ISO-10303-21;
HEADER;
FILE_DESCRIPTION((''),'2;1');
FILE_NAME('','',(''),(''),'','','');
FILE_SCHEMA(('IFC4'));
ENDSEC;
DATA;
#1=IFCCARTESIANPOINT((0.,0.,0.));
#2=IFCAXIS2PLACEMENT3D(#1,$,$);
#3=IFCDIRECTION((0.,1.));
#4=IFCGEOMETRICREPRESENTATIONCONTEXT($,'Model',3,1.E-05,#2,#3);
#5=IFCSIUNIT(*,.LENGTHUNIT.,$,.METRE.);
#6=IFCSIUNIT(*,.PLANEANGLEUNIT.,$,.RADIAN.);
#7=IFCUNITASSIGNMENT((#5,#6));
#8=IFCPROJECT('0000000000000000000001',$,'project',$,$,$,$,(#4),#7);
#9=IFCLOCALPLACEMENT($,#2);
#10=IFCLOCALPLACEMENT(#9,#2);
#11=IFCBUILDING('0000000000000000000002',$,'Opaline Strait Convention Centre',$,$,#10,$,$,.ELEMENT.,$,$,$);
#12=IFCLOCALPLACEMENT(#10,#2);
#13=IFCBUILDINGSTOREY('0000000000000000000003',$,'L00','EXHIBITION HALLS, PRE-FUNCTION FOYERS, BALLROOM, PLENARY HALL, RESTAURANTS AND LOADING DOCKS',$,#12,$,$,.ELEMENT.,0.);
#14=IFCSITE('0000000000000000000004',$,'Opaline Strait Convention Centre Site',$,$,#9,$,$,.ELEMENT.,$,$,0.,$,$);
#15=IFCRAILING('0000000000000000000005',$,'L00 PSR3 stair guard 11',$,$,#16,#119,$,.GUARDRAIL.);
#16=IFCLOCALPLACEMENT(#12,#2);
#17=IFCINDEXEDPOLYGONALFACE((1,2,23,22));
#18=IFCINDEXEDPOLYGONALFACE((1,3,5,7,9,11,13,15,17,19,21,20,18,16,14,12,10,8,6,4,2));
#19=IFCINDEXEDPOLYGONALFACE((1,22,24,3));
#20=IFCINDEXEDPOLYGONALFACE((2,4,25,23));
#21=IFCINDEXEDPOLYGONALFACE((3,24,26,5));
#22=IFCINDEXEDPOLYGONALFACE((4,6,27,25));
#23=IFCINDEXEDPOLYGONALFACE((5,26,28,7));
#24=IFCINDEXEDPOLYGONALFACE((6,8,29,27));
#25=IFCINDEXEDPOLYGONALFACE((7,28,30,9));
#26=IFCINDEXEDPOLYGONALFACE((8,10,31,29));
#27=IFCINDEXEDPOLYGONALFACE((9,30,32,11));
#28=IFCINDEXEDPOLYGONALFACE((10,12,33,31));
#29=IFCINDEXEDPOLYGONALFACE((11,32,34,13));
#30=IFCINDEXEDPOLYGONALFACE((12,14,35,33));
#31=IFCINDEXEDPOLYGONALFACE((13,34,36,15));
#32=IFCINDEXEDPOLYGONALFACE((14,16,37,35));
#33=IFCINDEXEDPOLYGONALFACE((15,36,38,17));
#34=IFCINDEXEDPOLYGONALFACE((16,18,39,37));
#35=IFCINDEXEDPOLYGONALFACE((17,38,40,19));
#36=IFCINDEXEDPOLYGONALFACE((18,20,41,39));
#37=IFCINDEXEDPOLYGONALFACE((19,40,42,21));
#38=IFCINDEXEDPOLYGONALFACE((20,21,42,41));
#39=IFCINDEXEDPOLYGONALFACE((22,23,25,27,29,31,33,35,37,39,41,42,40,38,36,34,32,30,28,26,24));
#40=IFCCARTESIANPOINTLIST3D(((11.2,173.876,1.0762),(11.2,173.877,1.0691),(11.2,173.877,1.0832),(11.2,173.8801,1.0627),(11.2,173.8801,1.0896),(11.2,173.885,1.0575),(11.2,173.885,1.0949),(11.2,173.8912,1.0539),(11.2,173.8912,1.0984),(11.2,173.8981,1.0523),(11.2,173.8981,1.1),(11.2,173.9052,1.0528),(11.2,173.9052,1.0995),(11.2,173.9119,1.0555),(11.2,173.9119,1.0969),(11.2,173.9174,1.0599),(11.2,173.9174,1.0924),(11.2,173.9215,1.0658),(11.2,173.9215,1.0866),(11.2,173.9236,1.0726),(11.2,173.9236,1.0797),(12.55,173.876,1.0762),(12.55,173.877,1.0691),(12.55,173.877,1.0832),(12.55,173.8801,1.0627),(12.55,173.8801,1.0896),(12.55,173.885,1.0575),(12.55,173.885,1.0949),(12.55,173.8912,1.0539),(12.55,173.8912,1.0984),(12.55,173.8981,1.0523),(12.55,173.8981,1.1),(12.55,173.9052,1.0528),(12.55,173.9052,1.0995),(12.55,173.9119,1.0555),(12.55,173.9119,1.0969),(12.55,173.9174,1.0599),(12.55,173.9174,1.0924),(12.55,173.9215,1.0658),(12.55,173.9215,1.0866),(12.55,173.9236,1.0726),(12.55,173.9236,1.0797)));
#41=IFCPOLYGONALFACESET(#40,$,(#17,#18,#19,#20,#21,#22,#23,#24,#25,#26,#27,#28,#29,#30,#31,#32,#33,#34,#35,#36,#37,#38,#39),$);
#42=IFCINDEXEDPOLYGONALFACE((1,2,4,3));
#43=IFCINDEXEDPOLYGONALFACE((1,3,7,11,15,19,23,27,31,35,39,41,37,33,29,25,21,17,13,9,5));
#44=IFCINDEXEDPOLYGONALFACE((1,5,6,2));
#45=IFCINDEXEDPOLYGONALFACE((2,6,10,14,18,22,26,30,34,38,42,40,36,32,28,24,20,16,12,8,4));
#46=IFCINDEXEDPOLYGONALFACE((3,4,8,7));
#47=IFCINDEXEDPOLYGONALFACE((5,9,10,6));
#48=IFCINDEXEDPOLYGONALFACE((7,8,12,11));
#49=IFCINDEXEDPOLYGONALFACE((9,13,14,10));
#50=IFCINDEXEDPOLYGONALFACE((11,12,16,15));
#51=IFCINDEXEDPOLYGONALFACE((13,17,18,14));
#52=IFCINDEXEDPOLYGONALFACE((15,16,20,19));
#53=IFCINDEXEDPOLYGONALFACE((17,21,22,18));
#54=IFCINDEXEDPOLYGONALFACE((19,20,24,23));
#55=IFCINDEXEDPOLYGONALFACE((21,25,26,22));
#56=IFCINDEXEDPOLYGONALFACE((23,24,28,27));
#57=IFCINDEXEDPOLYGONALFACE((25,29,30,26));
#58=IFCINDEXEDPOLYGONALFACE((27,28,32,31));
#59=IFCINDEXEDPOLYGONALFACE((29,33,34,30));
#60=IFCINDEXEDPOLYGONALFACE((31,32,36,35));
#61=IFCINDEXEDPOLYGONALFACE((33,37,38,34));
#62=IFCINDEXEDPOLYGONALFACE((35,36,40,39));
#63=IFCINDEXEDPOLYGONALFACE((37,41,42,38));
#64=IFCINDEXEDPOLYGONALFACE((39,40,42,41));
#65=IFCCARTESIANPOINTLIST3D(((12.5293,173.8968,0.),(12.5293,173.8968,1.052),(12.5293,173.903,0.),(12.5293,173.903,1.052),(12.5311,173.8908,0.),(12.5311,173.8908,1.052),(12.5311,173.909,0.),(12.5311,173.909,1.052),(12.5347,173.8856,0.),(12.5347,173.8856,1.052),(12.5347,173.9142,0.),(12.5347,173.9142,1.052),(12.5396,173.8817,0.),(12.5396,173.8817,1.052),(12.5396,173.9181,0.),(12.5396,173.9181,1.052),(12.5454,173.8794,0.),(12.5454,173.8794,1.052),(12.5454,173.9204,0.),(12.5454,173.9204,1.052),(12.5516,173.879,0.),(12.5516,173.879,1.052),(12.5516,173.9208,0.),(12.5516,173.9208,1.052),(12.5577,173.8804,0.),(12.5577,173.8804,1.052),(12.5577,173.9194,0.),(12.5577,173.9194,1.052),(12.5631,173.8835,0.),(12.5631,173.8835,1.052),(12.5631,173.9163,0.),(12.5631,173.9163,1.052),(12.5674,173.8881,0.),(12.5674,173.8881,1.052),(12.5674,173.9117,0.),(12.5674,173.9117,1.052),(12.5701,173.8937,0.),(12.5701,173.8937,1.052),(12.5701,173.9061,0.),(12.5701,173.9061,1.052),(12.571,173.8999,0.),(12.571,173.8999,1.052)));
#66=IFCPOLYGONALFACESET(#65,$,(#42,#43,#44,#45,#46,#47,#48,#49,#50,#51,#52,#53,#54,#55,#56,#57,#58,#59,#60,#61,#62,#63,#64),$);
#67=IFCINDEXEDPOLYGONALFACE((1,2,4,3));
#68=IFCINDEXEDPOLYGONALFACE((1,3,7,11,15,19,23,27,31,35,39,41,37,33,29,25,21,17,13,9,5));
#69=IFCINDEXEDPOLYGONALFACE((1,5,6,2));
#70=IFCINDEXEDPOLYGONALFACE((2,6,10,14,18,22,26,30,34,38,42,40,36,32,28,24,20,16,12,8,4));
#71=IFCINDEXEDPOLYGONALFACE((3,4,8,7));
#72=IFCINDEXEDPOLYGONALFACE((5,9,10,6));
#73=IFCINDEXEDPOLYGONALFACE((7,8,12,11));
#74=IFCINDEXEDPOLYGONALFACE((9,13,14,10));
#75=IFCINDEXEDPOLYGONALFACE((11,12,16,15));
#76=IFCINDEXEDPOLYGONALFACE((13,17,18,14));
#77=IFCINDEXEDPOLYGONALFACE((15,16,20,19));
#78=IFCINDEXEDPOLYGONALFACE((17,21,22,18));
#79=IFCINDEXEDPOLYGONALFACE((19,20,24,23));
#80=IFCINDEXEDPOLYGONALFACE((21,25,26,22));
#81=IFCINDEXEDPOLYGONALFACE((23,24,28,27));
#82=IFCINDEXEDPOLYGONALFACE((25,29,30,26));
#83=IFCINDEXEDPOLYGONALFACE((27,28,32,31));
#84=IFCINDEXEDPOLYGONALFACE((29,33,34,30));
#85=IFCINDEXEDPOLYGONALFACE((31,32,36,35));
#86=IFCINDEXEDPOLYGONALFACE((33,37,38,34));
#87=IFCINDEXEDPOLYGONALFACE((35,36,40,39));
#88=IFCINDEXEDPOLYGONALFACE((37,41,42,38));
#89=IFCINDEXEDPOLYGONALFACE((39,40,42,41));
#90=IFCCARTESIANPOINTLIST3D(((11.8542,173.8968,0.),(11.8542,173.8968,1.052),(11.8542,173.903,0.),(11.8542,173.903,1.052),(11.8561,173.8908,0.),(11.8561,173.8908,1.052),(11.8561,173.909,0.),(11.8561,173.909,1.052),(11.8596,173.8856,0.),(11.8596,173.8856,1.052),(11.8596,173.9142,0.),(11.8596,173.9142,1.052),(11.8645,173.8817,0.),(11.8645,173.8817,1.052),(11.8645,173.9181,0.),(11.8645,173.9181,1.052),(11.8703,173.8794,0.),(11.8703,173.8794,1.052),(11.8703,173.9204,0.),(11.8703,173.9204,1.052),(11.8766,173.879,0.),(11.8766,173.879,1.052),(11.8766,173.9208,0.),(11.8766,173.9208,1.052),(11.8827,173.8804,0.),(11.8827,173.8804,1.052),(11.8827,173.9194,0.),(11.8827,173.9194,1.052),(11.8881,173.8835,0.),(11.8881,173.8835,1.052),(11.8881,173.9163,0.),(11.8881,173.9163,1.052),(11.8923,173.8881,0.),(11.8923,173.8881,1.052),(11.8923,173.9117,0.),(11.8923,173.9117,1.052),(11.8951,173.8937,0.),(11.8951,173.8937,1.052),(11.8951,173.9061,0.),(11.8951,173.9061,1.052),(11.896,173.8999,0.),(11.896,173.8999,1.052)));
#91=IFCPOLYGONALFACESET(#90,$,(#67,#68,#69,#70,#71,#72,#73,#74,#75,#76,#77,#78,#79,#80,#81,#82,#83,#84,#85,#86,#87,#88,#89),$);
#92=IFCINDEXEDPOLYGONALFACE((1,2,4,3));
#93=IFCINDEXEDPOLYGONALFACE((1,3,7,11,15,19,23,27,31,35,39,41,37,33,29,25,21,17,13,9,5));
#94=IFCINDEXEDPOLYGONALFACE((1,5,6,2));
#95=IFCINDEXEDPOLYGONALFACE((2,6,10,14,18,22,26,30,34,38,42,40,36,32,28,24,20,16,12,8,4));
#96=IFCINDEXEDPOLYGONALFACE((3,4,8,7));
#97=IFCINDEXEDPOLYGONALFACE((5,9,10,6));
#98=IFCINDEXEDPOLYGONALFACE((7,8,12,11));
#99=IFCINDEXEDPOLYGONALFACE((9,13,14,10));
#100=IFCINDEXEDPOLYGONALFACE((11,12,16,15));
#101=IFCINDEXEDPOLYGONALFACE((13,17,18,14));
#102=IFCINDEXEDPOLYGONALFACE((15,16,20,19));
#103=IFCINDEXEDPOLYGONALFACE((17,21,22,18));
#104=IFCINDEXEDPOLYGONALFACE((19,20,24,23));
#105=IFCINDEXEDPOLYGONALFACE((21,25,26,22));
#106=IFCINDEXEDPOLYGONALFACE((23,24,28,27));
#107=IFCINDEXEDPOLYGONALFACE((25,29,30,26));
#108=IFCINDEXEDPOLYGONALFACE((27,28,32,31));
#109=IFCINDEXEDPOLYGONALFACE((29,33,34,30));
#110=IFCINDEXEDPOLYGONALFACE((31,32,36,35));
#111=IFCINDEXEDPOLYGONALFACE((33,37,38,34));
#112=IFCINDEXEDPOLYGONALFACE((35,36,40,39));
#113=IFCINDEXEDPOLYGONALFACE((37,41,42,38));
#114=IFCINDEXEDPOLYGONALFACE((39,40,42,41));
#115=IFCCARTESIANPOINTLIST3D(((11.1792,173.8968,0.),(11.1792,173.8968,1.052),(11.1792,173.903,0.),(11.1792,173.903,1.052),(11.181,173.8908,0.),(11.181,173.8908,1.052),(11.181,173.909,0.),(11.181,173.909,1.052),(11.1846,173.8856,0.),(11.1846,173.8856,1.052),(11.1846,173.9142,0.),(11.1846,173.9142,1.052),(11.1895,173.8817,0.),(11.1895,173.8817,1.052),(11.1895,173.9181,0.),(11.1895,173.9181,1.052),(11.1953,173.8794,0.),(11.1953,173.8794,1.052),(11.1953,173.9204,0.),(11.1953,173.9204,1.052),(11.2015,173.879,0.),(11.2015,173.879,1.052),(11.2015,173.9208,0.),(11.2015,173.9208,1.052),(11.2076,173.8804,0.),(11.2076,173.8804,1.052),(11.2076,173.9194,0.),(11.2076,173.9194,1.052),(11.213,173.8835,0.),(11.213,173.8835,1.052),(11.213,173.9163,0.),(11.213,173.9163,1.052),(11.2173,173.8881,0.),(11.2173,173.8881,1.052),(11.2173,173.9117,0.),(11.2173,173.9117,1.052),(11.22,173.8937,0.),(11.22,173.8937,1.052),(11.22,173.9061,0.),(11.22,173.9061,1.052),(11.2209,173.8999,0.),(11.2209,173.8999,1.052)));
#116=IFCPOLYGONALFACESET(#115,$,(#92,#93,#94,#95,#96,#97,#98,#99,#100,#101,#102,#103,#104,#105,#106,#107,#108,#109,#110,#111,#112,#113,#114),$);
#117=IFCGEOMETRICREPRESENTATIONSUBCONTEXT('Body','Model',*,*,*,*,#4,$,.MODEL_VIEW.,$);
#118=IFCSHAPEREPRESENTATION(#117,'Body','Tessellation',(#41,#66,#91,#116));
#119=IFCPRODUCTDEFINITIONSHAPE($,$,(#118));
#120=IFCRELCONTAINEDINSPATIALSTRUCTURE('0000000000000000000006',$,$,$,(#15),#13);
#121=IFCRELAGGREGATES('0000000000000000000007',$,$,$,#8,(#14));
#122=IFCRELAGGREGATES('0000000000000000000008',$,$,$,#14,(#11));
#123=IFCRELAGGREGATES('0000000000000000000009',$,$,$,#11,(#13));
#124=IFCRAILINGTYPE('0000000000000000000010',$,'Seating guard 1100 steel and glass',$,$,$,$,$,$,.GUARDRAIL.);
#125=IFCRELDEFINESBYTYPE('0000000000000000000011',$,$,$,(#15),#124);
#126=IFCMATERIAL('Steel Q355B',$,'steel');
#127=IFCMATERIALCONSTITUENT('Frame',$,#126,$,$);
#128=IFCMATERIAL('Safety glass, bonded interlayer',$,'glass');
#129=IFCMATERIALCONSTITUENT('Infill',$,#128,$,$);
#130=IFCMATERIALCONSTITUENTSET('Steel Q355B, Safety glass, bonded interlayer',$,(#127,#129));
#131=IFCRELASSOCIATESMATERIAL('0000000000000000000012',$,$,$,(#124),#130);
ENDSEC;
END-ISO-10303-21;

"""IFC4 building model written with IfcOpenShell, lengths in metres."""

from ifc_helpers import new_model, si_unit, direction, frame, origin, origin_2d, place, context, subcontext, project, spatial, circle, extrude, material, constituent, constituent_set, type_object, element, save


model = new_model("IFC4")

# Units and contexts
model_context = context("Model", 3, precision=1e-05, world=origin(), true_north=direction((0.0, 1.0)))
body_context = subcontext(model_context, "Body", "Model", "MODEL_VIEW")
ifc_project = project(units=[si_unit("LENGTHUNIT", "METRE"), si_unit("PLANEANGLEUNIT", "RADIAN")], contexts=[model_context])

# Site, building, storey
site_placement = place(None, origin())
site = spatial("IfcSite", under=ifc_project, at=site_placement, Name="Opaline Strait Convention Centre Site", CompositionType="ELEMENT", RefElevation=0.0)
building_placement = place(site_placement, origin())
building = spatial("IfcBuilding", under=site, at=building_placement, Name="Opaline Strait Convention Centre", CompositionType="ELEMENT")
storey_placement = place(building_placement, origin())
storey = spatial("IfcBuildingStorey", under=building, at=storey_placement, Name="L00", Description="EXHIBITION HALLS, PRE-FUNCTION FOYERS, BALLROOM, PLENARY HALL, RESTAURANTS AND LOADING DOCKS", CompositionType="ELEMENT", Elevation=0.0)

# Railing
ifc_material_1 = material(Name="Steel Q355B", Category="steel")
ifc_constituent_1 = constituent(ifc_material_1, Name="Frame")
ifc_material_2 = material(Name="Safety glass, bonded interlayer", Category="glass")
ifc_constituent_2 = constituent(ifc_material_2, Name="Infill")
ifc_constituent_set = constituent_set(constituents=[ifc_constituent_1, ifc_constituent_2], Name="Steel Q355B, Safety glass, bonded interlayer")
railing_type_1 = type_object("IfcRailingType", Name="Seating guard 1100 steel and glass", PredefinedType="GUARDRAIL", material=ifc_constituent_set)
railing_1_placement = place(storey_placement, frame((12.55, 173.8999, 0.0)))
element("IfcRailing", 1, at=railing_1_placement, inside=storey, type_object=railing_type_1, Name="L00 PSR3 stair guard 11", PredefinedType="GUARDRAIL", context=body_context, shape_type="SweptSolid", body=[
    extrude(circle(Radius=0.0239, at=origin_2d()), frame((0.0, 0.0, 1.0762), z_axis=(-1.0, 0.0, 0.0), x_axis=(0.0, -1.0, 0.0)), (0.0, 0.0, 1.0), 1.3501),
    extrude(circle(Radius=0.021, at=origin_2d()), origin(), (0.0, 0.0, 1.0), 1.052),
    extrude(circle(Radius=0.021, at=origin_2d()), frame((-0.675, 0.0, 0.0)), (0.0, 0.0, 1.0), 1.052),
    extrude(circle(Radius=0.021, at=origin_2d()), frame((-1.3501, 0.0, 0.0)), (0.0, 0.0, 1.0), 1.052),
])

save(model, "model.ifc")
